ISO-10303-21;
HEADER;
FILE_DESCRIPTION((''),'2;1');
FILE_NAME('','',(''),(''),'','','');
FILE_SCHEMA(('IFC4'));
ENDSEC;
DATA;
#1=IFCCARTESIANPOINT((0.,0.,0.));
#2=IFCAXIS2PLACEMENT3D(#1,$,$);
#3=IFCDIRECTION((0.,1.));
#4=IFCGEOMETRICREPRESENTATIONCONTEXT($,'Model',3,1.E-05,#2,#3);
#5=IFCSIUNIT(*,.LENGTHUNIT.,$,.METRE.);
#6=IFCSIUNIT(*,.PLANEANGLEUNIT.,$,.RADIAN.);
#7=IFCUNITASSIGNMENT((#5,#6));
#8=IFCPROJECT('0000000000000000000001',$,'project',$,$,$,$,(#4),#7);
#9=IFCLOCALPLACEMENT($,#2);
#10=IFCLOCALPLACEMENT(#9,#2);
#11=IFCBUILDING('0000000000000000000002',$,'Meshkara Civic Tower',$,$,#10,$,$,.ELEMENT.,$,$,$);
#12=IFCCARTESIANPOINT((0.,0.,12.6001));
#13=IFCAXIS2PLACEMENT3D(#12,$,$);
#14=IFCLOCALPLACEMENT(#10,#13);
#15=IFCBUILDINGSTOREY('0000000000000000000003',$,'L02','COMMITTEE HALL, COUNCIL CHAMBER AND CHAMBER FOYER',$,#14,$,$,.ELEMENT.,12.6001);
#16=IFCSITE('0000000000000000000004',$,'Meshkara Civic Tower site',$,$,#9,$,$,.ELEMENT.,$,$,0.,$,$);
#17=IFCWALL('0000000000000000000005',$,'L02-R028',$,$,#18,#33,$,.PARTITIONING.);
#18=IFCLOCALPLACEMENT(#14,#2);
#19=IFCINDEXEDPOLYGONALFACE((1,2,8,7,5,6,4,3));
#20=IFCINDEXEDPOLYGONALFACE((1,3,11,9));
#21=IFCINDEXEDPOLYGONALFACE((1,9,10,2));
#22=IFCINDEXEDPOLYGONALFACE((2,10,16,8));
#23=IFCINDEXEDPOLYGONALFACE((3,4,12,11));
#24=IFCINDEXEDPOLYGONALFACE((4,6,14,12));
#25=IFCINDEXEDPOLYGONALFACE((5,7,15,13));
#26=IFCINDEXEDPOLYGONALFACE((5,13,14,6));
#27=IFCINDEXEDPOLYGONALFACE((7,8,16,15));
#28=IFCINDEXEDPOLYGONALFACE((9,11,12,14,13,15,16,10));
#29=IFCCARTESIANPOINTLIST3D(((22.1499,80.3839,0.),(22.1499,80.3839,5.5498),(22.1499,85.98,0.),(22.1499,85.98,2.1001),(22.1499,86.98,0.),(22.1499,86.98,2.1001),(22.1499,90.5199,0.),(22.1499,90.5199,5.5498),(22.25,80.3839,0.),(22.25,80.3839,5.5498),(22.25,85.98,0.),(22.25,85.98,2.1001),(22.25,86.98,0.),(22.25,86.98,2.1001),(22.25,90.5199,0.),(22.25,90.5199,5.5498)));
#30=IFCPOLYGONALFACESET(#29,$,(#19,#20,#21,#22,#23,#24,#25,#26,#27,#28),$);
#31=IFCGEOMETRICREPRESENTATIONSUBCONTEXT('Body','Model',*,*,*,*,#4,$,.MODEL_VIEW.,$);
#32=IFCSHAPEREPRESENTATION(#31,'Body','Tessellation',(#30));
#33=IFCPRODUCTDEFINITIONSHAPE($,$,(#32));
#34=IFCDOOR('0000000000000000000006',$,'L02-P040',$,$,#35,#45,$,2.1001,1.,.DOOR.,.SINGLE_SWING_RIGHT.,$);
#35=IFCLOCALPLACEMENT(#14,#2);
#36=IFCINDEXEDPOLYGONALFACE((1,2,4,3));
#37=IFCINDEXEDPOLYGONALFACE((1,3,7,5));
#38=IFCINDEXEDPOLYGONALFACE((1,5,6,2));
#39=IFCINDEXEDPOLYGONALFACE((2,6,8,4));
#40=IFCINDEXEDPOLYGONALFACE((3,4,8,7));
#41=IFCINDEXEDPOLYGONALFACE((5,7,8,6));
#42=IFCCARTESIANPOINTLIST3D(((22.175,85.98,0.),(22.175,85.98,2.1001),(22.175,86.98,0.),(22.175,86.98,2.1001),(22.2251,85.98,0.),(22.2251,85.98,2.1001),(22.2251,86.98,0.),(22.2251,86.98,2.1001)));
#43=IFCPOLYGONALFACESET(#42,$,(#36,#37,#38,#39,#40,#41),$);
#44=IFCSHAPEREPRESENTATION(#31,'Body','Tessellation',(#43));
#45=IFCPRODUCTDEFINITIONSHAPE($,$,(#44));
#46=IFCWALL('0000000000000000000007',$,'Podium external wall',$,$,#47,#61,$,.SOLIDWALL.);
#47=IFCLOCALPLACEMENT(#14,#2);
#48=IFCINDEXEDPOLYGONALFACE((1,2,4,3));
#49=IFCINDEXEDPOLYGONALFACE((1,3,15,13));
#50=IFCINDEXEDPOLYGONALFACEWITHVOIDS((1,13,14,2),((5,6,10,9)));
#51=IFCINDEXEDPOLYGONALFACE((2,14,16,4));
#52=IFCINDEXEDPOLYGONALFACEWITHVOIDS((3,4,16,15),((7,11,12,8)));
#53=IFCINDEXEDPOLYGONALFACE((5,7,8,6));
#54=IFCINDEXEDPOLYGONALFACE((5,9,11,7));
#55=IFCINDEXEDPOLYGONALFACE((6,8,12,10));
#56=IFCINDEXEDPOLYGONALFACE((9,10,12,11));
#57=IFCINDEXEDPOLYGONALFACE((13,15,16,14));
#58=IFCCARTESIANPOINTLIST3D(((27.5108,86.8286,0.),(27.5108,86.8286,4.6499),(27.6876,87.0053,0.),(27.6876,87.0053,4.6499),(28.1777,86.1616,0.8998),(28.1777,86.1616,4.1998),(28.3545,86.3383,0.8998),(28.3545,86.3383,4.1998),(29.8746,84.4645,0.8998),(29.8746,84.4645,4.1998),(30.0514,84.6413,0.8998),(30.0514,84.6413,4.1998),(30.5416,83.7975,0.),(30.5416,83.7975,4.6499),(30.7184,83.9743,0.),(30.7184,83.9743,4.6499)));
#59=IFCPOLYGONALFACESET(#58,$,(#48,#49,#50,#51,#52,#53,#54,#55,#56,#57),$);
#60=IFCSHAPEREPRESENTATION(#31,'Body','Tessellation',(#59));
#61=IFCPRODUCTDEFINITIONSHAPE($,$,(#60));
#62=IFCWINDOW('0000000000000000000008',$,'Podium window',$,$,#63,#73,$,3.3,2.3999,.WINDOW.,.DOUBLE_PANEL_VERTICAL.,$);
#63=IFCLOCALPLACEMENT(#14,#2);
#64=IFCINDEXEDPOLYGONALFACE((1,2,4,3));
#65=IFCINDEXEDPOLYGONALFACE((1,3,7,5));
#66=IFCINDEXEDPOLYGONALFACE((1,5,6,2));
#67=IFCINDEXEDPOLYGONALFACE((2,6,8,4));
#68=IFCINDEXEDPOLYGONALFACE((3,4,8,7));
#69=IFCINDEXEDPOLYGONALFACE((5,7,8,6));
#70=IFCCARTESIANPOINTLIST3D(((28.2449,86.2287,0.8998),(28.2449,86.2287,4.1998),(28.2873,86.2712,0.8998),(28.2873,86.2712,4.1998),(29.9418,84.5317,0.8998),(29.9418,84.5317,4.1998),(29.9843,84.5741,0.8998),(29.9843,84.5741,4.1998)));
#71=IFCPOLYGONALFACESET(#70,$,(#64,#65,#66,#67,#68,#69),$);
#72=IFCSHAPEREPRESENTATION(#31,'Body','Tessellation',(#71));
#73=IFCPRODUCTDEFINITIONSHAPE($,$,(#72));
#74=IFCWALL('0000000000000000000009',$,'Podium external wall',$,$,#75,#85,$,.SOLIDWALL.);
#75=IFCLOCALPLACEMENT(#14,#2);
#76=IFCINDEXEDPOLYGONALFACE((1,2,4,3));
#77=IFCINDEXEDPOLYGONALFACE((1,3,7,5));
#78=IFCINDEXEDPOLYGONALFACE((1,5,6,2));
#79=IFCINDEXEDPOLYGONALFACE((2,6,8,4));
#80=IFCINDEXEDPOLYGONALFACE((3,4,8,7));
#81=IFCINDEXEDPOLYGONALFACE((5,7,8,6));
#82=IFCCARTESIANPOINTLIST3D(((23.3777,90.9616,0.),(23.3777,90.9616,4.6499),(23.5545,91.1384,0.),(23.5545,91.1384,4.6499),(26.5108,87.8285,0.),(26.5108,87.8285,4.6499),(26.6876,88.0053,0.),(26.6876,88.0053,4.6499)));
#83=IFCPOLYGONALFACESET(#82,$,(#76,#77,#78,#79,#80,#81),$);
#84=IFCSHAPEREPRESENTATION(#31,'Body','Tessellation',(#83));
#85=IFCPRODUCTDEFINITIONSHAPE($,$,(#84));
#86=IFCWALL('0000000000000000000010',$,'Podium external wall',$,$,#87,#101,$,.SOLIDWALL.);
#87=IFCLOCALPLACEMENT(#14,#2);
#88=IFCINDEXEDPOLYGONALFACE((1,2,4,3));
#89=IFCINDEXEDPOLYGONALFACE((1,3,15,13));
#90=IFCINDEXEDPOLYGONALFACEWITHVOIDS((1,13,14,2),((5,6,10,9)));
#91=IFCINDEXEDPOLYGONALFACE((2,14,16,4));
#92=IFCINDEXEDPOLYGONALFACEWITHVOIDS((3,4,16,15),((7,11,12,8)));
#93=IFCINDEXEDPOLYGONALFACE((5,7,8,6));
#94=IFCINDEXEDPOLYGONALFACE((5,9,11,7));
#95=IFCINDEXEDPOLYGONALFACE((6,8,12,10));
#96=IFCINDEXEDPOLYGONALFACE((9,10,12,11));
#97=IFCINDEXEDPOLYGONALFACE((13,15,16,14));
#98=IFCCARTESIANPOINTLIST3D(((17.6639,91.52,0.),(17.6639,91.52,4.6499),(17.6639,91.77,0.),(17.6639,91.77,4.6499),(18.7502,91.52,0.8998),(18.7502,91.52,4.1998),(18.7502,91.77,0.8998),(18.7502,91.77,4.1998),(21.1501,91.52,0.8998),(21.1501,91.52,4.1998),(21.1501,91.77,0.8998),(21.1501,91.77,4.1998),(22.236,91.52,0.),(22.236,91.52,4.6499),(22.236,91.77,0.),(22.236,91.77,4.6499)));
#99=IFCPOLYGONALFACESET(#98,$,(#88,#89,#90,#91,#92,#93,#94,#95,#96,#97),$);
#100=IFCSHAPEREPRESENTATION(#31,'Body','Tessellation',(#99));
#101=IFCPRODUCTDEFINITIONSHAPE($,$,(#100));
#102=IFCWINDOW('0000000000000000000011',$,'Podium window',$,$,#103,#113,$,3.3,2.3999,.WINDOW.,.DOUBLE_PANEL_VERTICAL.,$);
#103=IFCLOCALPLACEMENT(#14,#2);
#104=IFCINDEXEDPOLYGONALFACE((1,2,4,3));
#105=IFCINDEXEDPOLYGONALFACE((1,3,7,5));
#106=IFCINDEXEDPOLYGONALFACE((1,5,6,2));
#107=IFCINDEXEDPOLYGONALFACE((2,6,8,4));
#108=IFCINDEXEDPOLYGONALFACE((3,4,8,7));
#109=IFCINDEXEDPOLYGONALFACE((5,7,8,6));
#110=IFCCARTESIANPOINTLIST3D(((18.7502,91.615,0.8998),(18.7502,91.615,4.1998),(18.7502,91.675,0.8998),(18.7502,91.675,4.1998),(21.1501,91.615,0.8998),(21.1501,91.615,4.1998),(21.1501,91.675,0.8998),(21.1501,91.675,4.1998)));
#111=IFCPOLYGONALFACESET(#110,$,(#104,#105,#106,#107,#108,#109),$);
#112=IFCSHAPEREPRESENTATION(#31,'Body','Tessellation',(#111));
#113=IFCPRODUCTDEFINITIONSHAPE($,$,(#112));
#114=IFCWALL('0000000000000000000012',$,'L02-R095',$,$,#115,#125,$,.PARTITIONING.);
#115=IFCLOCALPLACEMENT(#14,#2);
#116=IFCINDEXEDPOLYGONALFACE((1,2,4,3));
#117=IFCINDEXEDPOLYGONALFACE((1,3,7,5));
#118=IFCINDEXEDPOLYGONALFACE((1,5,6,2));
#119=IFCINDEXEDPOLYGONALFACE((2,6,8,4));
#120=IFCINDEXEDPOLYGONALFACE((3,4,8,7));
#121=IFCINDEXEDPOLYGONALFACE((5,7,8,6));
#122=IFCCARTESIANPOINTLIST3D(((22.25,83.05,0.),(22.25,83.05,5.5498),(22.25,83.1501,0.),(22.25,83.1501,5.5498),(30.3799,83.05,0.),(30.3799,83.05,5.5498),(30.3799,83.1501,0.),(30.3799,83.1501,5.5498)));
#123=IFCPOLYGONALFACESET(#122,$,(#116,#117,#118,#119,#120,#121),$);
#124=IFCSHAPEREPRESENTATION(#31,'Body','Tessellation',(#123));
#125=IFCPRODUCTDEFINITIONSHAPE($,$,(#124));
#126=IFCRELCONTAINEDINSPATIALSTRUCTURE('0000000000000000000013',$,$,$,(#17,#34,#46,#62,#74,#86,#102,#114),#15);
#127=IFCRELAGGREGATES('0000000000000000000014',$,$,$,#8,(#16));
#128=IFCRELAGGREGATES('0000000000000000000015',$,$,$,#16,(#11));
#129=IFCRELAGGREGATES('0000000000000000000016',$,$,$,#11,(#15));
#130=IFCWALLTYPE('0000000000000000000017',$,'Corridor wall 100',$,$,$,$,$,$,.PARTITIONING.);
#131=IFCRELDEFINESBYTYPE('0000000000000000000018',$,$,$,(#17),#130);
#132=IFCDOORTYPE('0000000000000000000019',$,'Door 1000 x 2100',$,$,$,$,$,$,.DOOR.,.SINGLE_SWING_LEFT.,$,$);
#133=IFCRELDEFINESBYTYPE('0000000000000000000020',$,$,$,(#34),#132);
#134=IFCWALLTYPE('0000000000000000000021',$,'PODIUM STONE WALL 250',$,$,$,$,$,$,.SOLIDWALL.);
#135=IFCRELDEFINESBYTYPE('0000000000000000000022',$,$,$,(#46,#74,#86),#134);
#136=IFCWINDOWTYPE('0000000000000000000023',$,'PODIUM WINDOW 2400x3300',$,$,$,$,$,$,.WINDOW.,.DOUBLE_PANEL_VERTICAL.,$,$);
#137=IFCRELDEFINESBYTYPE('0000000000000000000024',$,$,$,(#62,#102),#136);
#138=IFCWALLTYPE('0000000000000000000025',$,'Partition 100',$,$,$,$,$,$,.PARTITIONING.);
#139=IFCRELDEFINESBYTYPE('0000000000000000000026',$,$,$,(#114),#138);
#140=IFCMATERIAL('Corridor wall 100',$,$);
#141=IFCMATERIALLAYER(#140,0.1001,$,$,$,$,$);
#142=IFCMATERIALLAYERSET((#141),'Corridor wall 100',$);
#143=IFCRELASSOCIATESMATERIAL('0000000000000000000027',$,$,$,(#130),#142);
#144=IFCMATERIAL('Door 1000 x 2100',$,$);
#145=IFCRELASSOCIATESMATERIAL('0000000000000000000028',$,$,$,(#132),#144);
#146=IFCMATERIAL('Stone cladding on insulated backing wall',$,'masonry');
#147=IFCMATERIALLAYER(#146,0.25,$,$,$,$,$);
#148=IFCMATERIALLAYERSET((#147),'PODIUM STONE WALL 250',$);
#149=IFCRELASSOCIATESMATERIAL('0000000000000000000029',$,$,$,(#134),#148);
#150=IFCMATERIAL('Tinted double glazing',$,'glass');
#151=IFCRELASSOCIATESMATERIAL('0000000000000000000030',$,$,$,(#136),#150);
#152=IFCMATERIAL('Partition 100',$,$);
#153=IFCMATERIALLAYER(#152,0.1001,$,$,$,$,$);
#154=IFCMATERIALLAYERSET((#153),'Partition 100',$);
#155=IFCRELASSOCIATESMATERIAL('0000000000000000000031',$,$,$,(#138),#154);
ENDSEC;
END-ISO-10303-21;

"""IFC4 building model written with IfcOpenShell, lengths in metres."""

from ifc_helpers import new_model, si_unit, direction, frame, frame_2d, origin, place, context, subcontext, project, spatial, rectangle, extrude, material, layer, layer_set, type_object, element, fill, save


model = new_model("IFC4")

# Units and contexts
model_context = context("Model", 3, precision=1e-05, world=origin(), true_north=direction((0.0, 1.0)))
body_context = subcontext(model_context, "Body", "Model", "MODEL_VIEW")
ifc_project = project(units=[si_unit("LENGTHUNIT", "METRE"), si_unit("PLANEANGLEUNIT", "RADIAN")], contexts=[model_context])

# Site, building, storey
site_placement = place(None, origin())
site = spatial("IfcSite", under=ifc_project, at=site_placement, Name="Meshkara Civic Tower site", CompositionType="ELEMENT", RefElevation=0.0)
building_placement = place(site_placement, origin())
building = spatial("IfcBuilding", under=site, at=building_placement, Name="Meshkara Civic Tower", CompositionType="ELEMENT")
storey_placement = place(building_placement, frame((0.0, 0.0, 12.6001)))
storey = spatial("IfcBuildingStorey", under=building, at=storey_placement, Name="L02", Description="COMMITTEE HALL, COUNCIL CHAMBER AND CHAMBER FOYER", CompositionType="ELEMENT", Elevation=12.6001)

# Shared definitions
ifc_material_1 = material(Name="Corridor wall 100")
ifc_layer_1 = layer(ifc_material_1, 0.1001)
ifc_layer_set_1 = layer_set([ifc_layer_1], Name="Corridor wall 100")
wall_type_1 = type_object("IfcWallType", Name="Corridor wall 100", PredefinedType="PARTITIONING", material=ifc_layer_set_1)

# Wall, opening, door
wall_1_placement = place(storey_placement, frame((22.2, 80.384, 0.0), z_axis=(0.0, 0.0, 1.0), x_axis=(0.0, 1.0, 0.0)))
wall_1 = element("IfcWall", 1, at=wall_1_placement, inside=storey, type_object=wall_type_1, Name="L02-R028", PredefinedType="PARTITIONING", context=body_context, shape_type="SweptSolid", body=[
    extrude(rectangle(XDim=10.136, YDim=0.1001, at=frame_2d((5.0679, 0.0))), origin(), (0.0, 0.0, 1.0), 5.5498),
])
opening_1_placement = place(wall_1_placement, frame((5.5959, 0.0, 0.0)))
opening_1 = element("IfcOpeningElement", 2, at=opening_1_placement, cuts=wall_1, PredefinedType="OPENING", context=body_context, shape_type="SweptSolid", body=[
    extrude(rectangle(XDim=1.0, YDim=2.1001, at=frame_2d((0.5, 1.05))), frame((0.0, 0.0601, 0.0), z_axis=(0.0, -1.0, 0.0), x_axis=(1.0, 0.0, 0.0)), (0.0, 0.0, 1.0), 0.1201),
])
ifc_material_2 = material(Name="Door 1000 x 2100")
door_type_1 = type_object("IfcDoorType", Name="Door 1000 x 2100", OperationType="SINGLE_SWING_LEFT", PredefinedType="DOOR", material=ifc_material_2)
door_1_placement = place(opening_1_placement, origin())
door_1 = element("IfcDoor", 3, at=door_1_placement, inside=storey, type_object=door_type_1, Name="L02-P040", OperationType="SINGLE_SWING_RIGHT", OverallHeight=2.1001, OverallWidth=1.0, PredefinedType="DOOR", context=body_context, shape_type="SweptSolid", body=[
    extrude(rectangle(XDim=1.0, YDim=2.1001, at=frame_2d((0.5, 1.05))), frame((0.0, 0.0249, 0.0), z_axis=(0.0, -1.0, 0.0), x_axis=(1.0, 0.0, 0.0)), (0.0, 0.0, 1.0), 0.05),
])
fill(opening_1, door_1)

# Wall, opening, window
ifc_material_3 = material(Name="Stone cladding on insulated backing wall", Category="masonry")
ifc_layer_2 = layer(ifc_material_3, 0.25)
ifc_layer_set_2 = layer_set([ifc_layer_2], Name="PODIUM STONE WALL 250")
wall_type_2 = type_object("IfcWallType", Name="PODIUM STONE WALL 250", PredefinedType="SOLIDWALL", material=ifc_layer_set_2)
wall_2_placement = place(storey_placement, frame((30.6299, 83.886, 0.0), z_axis=(0.0, 0.0, 1.0), x_axis=(-0.707078, 0.707135, 0.0)))
wall_2 = element("IfcWall", 4, at=wall_2_placement, inside=storey, type_object=wall_type_2, Name="Podium external wall", PredefinedType="SOLIDWALL", context=body_context, shape_type="SweptSolid", body=[
    extrude(rectangle(XDim=4.2864, YDim=0.25, at=frame_2d((2.1431, 0.0))), origin(), (0.0, 0.0, 1.0), 4.6499),
])
opening_2_placement = place(wall_2_placement, frame((0.9431, 0.0, 0.8999)))
opening_2 = element("IfcOpeningElement", 5, at=opening_2_placement, cuts=wall_2, PredefinedType="OPENING", context=body_context, shape_type="SweptSolid", body=[
    extrude(rectangle(XDim=2.3999, YDim=3.3, at=frame_2d((1.2, 1.6499))), frame((0.0, 0.135, 0.0), z_axis=(0.0, -1.0, 0.0), x_axis=(1.0, 0.0, 0.0)), (0.0, 0.0, 1.0), 0.27),
])
ifc_material_4 = material(Name="Tinted double glazing", Category="glass")
window_type = type_object("IfcWindowType", Name="PODIUM WINDOW 2400x3300", PartitioningType="DOUBLE_PANEL_VERTICAL", PredefinedType="WINDOW", material=ifc_material_4)
window_1_placement = place(opening_2_placement, origin())
window_1 = element("IfcWindow", 6, at=window_1_placement, inside=storey, type_object=window_type, Name="Podium window", OverallHeight=3.3, OverallWidth=2.3999, PartitioningType="DOUBLE_PANEL_VERTICAL", PredefinedType="WINDOW", context=body_context, shape_type="SweptSolid", body=[
    extrude(rectangle(XDim=2.3999, YDim=3.3, at=frame_2d((1.2, 1.6499))), frame((0.0, 0.03, 0.0), z_axis=(0.0, -1.0, 0.0), x_axis=(1.0, 0.0, 0.0)), (0.0, 0.0, 1.0), 0.0601),
])
fill(opening_2, window_1)

# Wall
wall_3_placement = place(storey_placement, frame((26.5991, 87.917, 0.0), z_axis=(0.0, 0.0, 1.0), x_axis=(-0.707107, 0.707107, 0.0)))
element("IfcWall", 7, at=wall_3_placement, inside=storey, type_object=wall_type_2, Name="Podium external wall", PredefinedType="SOLIDWALL", context=body_context, shape_type="SweptSolid", body=[
    extrude(rectangle(XDim=4.4309, YDim=0.25, at=frame_2d((2.2153, 0.0))), origin(), (0.0, 0.0, 1.0), 4.6499),
])

# Wall, opening, window
wall_4_placement = place(storey_placement, frame((22.2361, 91.645, 0.0), z_axis=(0.0, 0.0, 1.0), x_axis=(-1.0, 0.0, 0.0)))
wall_4 = element("IfcWall", 8, at=wall_4_placement, inside=storey, type_object=wall_type_2, Name="Podium external wall", PredefinedType="SOLIDWALL", context=body_context, shape_type="SweptSolid", body=[
    extrude(rectangle(XDim=4.572, YDim=0.25, at=frame_2d((2.2861, 0.0))), origin(), (0.0, 0.0, 1.0), 4.6499),
])
opening_3_placement = place(wall_4_placement, frame((1.0859, 0.0, 0.8999)))
opening_3 = element("IfcOpeningElement", 9, at=opening_3_placement, cuts=wall_4, PredefinedType="OPENING", context=body_context, shape_type="SweptSolid", body=[
    extrude(rectangle(XDim=2.3999, YDim=3.3, at=frame_2d((1.2, 1.6499))), frame((0.0, 0.135, 0.0), z_axis=(0.0, -1.0, 0.0), x_axis=(1.0, 0.0, 0.0)), (0.0, 0.0, 1.0), 0.27),
])
window_2_placement = place(opening_3_placement, origin())
window_2 = element("IfcWindow", 10, at=window_2_placement, inside=storey, type_object=window_type, Name="Podium window", OverallHeight=3.3, OverallWidth=2.3999, PartitioningType="DOUBLE_PANEL_VERTICAL", PredefinedType="WINDOW", context=body_context, shape_type="SweptSolid", body=[
    extrude(rectangle(XDim=2.3999, YDim=3.3, at=frame_2d((1.2, 1.6499))), frame((0.0, 0.03, 0.0), z_axis=(0.0, -1.0, 0.0), x_axis=(1.0, 0.0, 0.0)), (0.0, 0.0, 1.0), 0.0601),
])
fill(opening_3, window_2)

# Wall
ifc_material_5 = material(Name="Partition 100")
ifc_layer_3 = layer(ifc_material_5, 0.1001)
ifc_layer_set_3 = layer_set([ifc_layer_3], Name="Partition 100")
wall_type_3 = type_object("IfcWallType", Name="Partition 100", PredefinedType="PARTITIONING", material=ifc_layer_set_3)
wall_5_placement = place(storey_placement, frame((30.3799, 83.1001, 0.0), z_axis=(0.0, 0.0, 1.0), x_axis=(-1.0, 0.0, 0.0)))
element("IfcWall", 11, at=wall_5_placement, inside=storey, type_object=wall_type_3, Name="L02-R095", PredefinedType="PARTITIONING", context=body_context, shape_type="SweptSolid", body=[
    extrude(rectangle(XDim=8.1299, YDim=0.1001, at=frame_2d((4.0649, 0.0))), origin(), (0.0, 0.0, 1.0), 5.5498),
])

save(model, "model.ifc")
